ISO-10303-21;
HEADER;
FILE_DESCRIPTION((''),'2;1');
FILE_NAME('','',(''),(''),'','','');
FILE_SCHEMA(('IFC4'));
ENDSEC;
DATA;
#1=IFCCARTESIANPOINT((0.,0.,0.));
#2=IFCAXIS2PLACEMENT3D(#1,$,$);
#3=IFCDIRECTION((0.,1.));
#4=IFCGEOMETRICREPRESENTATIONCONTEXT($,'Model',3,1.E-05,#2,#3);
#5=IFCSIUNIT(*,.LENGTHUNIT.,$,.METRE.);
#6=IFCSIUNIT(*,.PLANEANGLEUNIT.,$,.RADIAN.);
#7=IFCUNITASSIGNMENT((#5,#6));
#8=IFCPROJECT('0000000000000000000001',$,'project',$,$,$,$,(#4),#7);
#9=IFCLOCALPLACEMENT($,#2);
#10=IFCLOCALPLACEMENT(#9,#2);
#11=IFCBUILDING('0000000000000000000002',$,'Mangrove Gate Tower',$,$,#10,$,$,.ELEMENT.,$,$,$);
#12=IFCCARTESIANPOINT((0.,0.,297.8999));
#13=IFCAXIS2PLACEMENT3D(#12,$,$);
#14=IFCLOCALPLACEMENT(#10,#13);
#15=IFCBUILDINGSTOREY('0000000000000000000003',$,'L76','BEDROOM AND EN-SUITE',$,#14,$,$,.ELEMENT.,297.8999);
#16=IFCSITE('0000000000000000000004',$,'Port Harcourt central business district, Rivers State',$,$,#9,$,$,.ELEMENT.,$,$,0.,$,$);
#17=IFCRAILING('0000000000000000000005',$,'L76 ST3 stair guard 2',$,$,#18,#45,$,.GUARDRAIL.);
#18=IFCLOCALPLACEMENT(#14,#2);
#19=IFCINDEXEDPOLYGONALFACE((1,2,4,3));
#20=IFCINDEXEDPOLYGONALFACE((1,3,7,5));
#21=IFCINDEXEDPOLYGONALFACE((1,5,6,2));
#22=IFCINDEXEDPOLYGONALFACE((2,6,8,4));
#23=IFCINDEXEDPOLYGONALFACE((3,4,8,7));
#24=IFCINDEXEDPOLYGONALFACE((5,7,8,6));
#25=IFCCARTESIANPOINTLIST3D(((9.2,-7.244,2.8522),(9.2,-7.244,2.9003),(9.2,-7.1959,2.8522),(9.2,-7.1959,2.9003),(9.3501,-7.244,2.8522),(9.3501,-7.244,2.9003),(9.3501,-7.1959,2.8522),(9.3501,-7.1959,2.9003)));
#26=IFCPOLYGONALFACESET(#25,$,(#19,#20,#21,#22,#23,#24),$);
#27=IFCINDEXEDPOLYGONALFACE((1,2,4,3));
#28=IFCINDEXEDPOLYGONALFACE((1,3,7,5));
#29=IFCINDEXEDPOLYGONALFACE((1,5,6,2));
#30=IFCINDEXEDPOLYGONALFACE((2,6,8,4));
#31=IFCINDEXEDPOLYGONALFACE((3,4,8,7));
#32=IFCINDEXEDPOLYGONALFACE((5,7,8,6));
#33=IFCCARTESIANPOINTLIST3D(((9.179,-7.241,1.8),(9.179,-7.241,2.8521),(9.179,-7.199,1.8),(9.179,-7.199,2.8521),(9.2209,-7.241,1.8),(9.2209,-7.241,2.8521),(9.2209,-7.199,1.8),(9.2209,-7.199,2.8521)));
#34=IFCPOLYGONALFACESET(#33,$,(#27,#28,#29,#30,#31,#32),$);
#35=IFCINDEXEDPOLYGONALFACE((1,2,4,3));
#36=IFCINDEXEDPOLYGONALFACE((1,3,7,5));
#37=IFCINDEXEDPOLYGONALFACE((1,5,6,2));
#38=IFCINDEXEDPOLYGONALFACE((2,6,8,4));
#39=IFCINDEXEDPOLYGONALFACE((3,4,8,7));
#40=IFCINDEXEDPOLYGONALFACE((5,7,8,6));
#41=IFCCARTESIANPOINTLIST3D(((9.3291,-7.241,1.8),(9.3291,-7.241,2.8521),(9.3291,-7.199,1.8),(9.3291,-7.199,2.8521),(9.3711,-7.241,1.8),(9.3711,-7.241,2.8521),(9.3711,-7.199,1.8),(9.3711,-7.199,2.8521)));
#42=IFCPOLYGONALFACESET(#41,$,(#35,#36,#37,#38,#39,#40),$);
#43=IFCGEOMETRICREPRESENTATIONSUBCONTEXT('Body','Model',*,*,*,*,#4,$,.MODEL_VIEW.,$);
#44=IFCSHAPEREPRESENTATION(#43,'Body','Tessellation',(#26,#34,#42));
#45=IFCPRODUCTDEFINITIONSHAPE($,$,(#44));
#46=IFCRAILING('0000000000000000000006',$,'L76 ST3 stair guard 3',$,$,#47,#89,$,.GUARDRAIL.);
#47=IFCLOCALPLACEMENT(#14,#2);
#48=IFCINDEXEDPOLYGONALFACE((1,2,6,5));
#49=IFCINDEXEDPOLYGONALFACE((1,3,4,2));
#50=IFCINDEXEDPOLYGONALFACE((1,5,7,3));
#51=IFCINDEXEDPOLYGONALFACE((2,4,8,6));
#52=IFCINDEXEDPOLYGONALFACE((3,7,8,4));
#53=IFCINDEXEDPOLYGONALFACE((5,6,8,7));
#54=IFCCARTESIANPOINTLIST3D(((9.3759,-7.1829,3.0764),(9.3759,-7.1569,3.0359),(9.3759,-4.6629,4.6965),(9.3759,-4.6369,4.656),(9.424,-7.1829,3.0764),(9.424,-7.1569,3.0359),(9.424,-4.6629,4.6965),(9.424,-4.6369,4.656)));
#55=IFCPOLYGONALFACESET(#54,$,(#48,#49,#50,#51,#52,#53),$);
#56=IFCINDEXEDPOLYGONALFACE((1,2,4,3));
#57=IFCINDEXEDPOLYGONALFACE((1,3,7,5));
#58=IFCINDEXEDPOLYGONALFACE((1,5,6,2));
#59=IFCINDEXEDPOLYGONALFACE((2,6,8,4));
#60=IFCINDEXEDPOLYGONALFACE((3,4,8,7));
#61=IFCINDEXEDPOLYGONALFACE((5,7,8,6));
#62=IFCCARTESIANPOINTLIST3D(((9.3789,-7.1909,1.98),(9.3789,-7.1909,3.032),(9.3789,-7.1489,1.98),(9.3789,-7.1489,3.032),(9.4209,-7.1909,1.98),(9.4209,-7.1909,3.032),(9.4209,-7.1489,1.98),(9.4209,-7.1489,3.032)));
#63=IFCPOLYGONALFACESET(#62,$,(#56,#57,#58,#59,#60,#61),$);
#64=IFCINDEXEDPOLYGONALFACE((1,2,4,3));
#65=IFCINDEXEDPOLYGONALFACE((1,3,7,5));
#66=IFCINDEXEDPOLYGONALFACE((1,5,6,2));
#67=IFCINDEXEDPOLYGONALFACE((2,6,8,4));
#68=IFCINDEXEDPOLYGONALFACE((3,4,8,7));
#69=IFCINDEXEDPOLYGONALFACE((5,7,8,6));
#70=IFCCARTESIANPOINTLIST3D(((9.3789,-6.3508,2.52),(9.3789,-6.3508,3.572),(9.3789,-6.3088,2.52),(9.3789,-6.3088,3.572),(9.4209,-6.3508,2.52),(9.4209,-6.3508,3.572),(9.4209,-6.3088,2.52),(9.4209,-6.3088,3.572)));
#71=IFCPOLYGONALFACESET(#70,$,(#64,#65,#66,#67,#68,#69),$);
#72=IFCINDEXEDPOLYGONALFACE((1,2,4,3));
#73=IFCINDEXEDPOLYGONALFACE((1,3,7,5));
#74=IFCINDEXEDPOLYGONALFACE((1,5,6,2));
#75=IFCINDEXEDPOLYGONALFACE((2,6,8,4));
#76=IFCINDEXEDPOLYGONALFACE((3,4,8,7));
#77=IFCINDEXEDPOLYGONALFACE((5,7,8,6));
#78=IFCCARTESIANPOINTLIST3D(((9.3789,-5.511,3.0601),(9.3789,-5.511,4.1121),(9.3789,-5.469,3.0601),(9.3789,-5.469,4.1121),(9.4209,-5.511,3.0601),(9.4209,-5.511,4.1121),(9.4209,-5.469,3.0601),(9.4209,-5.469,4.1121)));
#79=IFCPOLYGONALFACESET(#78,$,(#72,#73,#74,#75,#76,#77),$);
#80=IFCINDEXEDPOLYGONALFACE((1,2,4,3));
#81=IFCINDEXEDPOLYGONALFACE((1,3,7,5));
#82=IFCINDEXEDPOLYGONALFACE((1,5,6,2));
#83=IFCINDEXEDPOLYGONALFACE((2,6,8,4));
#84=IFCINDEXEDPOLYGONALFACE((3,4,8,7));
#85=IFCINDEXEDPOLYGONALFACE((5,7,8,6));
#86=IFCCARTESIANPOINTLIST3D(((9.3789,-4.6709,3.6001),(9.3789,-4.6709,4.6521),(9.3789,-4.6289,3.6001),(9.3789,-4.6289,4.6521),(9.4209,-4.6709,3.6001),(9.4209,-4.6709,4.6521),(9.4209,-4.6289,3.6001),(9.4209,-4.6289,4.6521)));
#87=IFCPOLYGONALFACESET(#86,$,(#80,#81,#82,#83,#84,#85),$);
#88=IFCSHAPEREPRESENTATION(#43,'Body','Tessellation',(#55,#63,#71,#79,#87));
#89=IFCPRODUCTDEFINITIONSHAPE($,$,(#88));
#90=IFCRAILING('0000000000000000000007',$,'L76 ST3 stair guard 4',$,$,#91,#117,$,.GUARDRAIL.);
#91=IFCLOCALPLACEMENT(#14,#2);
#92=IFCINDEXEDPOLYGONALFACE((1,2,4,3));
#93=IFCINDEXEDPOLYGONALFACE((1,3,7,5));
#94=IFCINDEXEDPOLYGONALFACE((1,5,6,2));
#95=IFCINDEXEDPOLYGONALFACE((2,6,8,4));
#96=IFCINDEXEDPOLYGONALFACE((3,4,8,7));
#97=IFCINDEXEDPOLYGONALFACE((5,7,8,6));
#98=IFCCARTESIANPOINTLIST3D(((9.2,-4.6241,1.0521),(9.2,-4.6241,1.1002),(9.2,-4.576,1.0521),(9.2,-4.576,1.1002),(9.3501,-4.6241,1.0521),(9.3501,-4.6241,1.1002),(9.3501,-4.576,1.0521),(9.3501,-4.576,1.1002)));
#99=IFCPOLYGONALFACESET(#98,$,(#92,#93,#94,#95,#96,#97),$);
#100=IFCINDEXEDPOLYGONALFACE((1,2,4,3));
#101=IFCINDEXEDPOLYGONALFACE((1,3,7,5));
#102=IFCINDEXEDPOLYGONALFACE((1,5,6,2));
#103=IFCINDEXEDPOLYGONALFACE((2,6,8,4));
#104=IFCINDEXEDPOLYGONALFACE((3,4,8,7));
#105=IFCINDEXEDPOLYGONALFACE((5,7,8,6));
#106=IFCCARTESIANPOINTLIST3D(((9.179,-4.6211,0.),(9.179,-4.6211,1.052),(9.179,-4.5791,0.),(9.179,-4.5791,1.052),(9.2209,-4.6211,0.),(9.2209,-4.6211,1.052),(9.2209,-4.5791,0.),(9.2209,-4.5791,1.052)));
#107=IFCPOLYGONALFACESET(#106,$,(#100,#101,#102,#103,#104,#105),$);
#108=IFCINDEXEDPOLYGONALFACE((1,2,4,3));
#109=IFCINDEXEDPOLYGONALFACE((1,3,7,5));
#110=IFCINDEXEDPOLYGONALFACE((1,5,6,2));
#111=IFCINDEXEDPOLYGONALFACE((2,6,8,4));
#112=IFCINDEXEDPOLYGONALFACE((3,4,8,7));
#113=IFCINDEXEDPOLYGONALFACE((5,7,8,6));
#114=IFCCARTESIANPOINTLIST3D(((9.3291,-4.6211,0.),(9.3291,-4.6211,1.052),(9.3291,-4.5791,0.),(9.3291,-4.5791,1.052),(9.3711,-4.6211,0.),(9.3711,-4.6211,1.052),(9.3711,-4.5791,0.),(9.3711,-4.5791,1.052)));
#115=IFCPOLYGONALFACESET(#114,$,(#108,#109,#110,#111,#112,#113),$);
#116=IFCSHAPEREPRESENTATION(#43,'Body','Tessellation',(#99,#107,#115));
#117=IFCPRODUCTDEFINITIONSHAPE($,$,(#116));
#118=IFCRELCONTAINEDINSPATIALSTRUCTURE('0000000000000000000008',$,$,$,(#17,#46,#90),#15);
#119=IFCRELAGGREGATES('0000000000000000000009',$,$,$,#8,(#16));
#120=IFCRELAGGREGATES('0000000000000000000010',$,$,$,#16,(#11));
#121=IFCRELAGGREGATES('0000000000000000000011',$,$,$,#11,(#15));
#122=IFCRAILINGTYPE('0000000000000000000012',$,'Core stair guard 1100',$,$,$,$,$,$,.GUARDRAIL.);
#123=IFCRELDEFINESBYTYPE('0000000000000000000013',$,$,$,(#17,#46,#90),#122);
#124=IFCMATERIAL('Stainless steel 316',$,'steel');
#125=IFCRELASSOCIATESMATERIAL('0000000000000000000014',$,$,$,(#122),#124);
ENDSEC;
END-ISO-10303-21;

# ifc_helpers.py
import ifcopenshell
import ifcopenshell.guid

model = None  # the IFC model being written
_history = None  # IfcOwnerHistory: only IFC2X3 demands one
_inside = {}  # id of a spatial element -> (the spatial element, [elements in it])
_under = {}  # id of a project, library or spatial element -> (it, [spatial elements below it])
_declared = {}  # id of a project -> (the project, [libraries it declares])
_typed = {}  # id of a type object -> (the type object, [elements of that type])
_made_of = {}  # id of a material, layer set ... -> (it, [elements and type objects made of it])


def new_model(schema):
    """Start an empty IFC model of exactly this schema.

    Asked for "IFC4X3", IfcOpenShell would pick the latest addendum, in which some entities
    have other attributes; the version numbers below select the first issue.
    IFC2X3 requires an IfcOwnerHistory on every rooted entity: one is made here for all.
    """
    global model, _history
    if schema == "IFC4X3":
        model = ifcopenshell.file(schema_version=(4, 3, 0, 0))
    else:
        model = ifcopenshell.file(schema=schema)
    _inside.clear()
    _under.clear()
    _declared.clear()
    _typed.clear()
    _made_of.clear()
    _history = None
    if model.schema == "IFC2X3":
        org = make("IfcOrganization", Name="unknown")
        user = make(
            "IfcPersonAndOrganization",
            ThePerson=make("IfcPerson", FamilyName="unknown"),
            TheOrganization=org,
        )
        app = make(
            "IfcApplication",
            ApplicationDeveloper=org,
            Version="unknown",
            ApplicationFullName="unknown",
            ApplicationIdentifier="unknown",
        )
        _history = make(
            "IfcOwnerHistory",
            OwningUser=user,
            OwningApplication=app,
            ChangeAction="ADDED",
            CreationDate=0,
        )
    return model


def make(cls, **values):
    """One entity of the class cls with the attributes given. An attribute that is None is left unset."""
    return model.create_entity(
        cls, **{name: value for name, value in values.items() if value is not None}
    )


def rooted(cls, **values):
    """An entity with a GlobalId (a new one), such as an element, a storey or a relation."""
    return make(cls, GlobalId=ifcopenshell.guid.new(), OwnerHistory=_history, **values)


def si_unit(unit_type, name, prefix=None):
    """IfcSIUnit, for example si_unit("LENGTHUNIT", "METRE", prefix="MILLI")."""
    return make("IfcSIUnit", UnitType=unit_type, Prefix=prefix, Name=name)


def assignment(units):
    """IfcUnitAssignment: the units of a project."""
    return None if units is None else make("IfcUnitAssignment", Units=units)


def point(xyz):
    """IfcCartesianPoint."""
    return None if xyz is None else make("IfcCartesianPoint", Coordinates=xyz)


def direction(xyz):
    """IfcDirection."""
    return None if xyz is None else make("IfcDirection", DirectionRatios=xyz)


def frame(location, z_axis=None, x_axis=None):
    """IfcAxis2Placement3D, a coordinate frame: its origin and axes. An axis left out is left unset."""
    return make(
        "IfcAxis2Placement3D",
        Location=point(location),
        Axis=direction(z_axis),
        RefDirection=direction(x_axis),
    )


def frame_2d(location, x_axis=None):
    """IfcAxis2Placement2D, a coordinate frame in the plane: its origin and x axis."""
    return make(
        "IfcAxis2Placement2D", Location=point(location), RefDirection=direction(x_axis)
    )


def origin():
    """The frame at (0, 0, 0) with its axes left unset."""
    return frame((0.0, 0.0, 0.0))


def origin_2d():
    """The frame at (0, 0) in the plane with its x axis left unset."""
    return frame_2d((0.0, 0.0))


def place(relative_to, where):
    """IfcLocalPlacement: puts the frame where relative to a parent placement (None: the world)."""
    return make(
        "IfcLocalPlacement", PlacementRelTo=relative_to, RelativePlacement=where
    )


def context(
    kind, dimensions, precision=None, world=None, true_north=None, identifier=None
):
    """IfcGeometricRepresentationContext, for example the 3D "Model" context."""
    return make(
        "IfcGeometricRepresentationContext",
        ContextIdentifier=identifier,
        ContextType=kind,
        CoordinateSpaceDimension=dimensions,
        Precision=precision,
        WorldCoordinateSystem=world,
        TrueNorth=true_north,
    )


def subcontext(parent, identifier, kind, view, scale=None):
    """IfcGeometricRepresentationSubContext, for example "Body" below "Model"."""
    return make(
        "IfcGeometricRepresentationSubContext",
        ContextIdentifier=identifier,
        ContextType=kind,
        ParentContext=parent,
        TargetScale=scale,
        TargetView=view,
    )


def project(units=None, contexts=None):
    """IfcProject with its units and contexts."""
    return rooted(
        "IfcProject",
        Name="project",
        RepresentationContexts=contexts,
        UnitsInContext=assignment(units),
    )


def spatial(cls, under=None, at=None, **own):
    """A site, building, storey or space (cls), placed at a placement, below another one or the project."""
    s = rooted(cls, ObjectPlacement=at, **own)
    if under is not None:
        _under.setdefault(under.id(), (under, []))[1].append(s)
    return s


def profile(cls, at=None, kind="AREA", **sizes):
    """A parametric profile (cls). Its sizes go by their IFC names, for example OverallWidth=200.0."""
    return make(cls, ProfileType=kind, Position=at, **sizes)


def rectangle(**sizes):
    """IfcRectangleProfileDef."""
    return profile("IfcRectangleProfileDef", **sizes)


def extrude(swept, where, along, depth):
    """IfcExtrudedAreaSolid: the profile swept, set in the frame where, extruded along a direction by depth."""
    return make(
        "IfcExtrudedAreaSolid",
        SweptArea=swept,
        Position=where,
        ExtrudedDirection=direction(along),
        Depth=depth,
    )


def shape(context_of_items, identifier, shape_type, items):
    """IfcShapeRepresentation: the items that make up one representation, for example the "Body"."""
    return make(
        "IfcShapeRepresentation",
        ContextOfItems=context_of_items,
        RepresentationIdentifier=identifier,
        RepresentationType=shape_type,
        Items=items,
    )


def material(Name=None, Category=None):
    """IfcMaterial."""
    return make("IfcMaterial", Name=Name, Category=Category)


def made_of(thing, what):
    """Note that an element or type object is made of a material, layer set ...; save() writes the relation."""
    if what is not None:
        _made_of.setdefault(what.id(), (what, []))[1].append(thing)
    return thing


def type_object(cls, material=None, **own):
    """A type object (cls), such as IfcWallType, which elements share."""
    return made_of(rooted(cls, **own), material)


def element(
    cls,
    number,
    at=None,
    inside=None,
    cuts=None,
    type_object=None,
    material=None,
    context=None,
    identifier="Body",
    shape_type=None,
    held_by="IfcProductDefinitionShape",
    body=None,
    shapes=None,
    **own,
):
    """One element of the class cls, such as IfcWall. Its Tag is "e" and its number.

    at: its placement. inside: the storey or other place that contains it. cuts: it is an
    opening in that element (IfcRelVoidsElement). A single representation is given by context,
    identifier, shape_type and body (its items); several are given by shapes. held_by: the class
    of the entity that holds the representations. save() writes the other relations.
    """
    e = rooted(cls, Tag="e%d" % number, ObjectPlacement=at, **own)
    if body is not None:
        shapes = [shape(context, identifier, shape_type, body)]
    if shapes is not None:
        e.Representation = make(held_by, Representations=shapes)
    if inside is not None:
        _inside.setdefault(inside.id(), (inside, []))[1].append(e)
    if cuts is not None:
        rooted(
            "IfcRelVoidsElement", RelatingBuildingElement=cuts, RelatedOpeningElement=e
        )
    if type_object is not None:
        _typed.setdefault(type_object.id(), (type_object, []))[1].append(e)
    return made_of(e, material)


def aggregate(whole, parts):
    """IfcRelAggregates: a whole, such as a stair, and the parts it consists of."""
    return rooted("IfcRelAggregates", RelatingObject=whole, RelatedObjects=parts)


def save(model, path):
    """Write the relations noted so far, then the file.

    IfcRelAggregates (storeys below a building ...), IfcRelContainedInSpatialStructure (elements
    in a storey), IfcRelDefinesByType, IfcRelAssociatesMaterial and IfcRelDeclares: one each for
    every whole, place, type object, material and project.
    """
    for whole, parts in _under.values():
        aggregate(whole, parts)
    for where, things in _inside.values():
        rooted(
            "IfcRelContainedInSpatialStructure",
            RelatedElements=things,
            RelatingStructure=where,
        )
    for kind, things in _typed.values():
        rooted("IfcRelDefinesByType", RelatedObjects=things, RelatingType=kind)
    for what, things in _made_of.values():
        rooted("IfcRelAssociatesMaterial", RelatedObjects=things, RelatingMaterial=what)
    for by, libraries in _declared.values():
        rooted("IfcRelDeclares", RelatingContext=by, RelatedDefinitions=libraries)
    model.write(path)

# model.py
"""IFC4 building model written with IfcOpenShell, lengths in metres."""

from ifc_helpers import new_model, si_unit, direction, frame, origin, origin_2d, place, context, subcontext, project, spatial, rectangle, extrude, material, type_object, element, save


model = new_model("IFC4")

# Units and contexts
model_context = context("Model", 3, precision=1e-05, world=origin(), true_north=direction((0.0, 1.0)))
body_context = subcontext(model_context, "Body", "Model", "MODEL_VIEW")
ifc_project = project(units=[si_unit("LENGTHUNIT", "METRE"), si_unit("PLANEANGLEUNIT", "RADIAN")], contexts=[model_context])

# Site, building, storey
site_placement = place(None, origin())
site = spatial("IfcSite", under=ifc_project, at=site_placement, Name="Port Harcourt central business district, Rivers State", CompositionType="ELEMENT", RefElevation=0.0)
building_placement = place(site_placement, origin())
building = spatial("IfcBuilding", under=site, at=building_placement, Name="Mangrove Gate Tower", CompositionType="ELEMENT")
storey_placement = place(building_placement, frame((0.0, 0.0, 297.8999)))
storey = spatial("IfcBuildingStorey", under=building, at=storey_placement, Name="L76", Description="BEDROOM AND EN-SUITE", CompositionType="ELEMENT", Elevation=297.8999)

# Railings
ifc_material_1 = material(Name="Stainless steel 316", Category="steel")
railing_type_1 = type_object("IfcRailingType", Name="Core stair guard 1100", PredefinedType="GUARDRAIL", material=ifc_material_1)
railing_1_placement = place(storey_placement, frame((9.2, -7.22, 1.8)))
element("IfcRailing", 1, at=railing_1_placement, inside=storey, type_object=railing_type_1, Name="L76 ST3 stair guard 2", PredefinedType="GUARDRAIL", context=body_context, shape_type="SweptSolid", body=[
    extrude(rectangle(XDim=0.0481, YDim=0.0481, at=origin_2d()), frame((0.0, 0.0, 1.0762), z_axis=(1.0, 0.0, 0.0), x_axis=(0.0, 1.0, 0.0)), (0.0, 0.0, 1.0), 0.1501),
    extrude(rectangle(XDim=0.042, YDim=0.042, at=origin_2d()), origin(), (0.0, 0.0, 1.0), 1.052),
    extrude(rectangle(XDim=0.042, YDim=0.042, at=origin_2d()), frame((0.1501, 0.0, 0.0)), (0.0, 0.0, 1.0), 1.052),
])
railing_2_placement = place(storey_placement, frame((9.3999, -7.1699, 1.98)))
element("IfcRailing", 2, at=railing_2_placement, inside=storey, type_object=railing_type_1, Name="L76 ST3 stair guard 3", PredefinedType="GUARDRAIL", context=body_context, shape_type="SweptSolid", body=[
    extrude(rectangle(XDim=0.0481, YDim=0.0481, at=origin_2d()), frame((0.0, 0.0, 1.0762), z_axis=(0.0, 0.841163, 0.540782), x_axis=(-1.0, 0.0, 0.0)), (0.0, 0.0, 1.0), 2.9958),
    extrude(rectangle(XDim=0.042, YDim=0.042, at=origin_2d()), origin(), (0.0, 0.0, 1.0), 1.052),
    extrude(rectangle(XDim=0.042, YDim=0.042, at=origin_2d()), frame((0.0, 0.8401, 0.54)), (0.0, 0.0, 1.0), 1.052),
    extrude(rectangle(XDim=0.042, YDim=0.042, at=origin_2d()), frame((0.0, 1.6799, 1.0801)), (0.0, 0.0, 1.0), 1.052),
    extrude(rectangle(XDim=0.042, YDim=0.042, at=origin_2d()), frame((0.0, 2.52, 1.6201)), (0.0, 0.0, 1.0), 1.052),
])
railing_3_placement = place(storey_placement, frame((9.2, -4.6001, 0.0)))
element("IfcRailing", 3, at=railing_3_placement, inside=storey, type_object=railing_type_1, Name="L76 ST3 stair guard 4", PredefinedType="GUARDRAIL", context=body_context, shape_type="SweptSolid", body=[
    extrude(rectangle(XDim=0.0481, YDim=0.0481, at=origin_2d()), frame((0.0, 0.0, 1.0762), z_axis=(1.0, 0.0, 0.0), x_axis=(0.0, 1.0, 0.0)), (0.0, 0.0, 1.0), 0.1501),
    extrude(rectangle(XDim=0.042, YDim=0.042, at=origin_2d()), origin(), (0.0, 0.0, 1.0), 1.052),
    extrude(rectangle(XDim=0.042, YDim=0.042, at=origin_2d()), frame((0.1501, 0.0, 0.0)), (0.0, 0.0, 1.0), 1.052),
])

save(model, "model.ifc")
